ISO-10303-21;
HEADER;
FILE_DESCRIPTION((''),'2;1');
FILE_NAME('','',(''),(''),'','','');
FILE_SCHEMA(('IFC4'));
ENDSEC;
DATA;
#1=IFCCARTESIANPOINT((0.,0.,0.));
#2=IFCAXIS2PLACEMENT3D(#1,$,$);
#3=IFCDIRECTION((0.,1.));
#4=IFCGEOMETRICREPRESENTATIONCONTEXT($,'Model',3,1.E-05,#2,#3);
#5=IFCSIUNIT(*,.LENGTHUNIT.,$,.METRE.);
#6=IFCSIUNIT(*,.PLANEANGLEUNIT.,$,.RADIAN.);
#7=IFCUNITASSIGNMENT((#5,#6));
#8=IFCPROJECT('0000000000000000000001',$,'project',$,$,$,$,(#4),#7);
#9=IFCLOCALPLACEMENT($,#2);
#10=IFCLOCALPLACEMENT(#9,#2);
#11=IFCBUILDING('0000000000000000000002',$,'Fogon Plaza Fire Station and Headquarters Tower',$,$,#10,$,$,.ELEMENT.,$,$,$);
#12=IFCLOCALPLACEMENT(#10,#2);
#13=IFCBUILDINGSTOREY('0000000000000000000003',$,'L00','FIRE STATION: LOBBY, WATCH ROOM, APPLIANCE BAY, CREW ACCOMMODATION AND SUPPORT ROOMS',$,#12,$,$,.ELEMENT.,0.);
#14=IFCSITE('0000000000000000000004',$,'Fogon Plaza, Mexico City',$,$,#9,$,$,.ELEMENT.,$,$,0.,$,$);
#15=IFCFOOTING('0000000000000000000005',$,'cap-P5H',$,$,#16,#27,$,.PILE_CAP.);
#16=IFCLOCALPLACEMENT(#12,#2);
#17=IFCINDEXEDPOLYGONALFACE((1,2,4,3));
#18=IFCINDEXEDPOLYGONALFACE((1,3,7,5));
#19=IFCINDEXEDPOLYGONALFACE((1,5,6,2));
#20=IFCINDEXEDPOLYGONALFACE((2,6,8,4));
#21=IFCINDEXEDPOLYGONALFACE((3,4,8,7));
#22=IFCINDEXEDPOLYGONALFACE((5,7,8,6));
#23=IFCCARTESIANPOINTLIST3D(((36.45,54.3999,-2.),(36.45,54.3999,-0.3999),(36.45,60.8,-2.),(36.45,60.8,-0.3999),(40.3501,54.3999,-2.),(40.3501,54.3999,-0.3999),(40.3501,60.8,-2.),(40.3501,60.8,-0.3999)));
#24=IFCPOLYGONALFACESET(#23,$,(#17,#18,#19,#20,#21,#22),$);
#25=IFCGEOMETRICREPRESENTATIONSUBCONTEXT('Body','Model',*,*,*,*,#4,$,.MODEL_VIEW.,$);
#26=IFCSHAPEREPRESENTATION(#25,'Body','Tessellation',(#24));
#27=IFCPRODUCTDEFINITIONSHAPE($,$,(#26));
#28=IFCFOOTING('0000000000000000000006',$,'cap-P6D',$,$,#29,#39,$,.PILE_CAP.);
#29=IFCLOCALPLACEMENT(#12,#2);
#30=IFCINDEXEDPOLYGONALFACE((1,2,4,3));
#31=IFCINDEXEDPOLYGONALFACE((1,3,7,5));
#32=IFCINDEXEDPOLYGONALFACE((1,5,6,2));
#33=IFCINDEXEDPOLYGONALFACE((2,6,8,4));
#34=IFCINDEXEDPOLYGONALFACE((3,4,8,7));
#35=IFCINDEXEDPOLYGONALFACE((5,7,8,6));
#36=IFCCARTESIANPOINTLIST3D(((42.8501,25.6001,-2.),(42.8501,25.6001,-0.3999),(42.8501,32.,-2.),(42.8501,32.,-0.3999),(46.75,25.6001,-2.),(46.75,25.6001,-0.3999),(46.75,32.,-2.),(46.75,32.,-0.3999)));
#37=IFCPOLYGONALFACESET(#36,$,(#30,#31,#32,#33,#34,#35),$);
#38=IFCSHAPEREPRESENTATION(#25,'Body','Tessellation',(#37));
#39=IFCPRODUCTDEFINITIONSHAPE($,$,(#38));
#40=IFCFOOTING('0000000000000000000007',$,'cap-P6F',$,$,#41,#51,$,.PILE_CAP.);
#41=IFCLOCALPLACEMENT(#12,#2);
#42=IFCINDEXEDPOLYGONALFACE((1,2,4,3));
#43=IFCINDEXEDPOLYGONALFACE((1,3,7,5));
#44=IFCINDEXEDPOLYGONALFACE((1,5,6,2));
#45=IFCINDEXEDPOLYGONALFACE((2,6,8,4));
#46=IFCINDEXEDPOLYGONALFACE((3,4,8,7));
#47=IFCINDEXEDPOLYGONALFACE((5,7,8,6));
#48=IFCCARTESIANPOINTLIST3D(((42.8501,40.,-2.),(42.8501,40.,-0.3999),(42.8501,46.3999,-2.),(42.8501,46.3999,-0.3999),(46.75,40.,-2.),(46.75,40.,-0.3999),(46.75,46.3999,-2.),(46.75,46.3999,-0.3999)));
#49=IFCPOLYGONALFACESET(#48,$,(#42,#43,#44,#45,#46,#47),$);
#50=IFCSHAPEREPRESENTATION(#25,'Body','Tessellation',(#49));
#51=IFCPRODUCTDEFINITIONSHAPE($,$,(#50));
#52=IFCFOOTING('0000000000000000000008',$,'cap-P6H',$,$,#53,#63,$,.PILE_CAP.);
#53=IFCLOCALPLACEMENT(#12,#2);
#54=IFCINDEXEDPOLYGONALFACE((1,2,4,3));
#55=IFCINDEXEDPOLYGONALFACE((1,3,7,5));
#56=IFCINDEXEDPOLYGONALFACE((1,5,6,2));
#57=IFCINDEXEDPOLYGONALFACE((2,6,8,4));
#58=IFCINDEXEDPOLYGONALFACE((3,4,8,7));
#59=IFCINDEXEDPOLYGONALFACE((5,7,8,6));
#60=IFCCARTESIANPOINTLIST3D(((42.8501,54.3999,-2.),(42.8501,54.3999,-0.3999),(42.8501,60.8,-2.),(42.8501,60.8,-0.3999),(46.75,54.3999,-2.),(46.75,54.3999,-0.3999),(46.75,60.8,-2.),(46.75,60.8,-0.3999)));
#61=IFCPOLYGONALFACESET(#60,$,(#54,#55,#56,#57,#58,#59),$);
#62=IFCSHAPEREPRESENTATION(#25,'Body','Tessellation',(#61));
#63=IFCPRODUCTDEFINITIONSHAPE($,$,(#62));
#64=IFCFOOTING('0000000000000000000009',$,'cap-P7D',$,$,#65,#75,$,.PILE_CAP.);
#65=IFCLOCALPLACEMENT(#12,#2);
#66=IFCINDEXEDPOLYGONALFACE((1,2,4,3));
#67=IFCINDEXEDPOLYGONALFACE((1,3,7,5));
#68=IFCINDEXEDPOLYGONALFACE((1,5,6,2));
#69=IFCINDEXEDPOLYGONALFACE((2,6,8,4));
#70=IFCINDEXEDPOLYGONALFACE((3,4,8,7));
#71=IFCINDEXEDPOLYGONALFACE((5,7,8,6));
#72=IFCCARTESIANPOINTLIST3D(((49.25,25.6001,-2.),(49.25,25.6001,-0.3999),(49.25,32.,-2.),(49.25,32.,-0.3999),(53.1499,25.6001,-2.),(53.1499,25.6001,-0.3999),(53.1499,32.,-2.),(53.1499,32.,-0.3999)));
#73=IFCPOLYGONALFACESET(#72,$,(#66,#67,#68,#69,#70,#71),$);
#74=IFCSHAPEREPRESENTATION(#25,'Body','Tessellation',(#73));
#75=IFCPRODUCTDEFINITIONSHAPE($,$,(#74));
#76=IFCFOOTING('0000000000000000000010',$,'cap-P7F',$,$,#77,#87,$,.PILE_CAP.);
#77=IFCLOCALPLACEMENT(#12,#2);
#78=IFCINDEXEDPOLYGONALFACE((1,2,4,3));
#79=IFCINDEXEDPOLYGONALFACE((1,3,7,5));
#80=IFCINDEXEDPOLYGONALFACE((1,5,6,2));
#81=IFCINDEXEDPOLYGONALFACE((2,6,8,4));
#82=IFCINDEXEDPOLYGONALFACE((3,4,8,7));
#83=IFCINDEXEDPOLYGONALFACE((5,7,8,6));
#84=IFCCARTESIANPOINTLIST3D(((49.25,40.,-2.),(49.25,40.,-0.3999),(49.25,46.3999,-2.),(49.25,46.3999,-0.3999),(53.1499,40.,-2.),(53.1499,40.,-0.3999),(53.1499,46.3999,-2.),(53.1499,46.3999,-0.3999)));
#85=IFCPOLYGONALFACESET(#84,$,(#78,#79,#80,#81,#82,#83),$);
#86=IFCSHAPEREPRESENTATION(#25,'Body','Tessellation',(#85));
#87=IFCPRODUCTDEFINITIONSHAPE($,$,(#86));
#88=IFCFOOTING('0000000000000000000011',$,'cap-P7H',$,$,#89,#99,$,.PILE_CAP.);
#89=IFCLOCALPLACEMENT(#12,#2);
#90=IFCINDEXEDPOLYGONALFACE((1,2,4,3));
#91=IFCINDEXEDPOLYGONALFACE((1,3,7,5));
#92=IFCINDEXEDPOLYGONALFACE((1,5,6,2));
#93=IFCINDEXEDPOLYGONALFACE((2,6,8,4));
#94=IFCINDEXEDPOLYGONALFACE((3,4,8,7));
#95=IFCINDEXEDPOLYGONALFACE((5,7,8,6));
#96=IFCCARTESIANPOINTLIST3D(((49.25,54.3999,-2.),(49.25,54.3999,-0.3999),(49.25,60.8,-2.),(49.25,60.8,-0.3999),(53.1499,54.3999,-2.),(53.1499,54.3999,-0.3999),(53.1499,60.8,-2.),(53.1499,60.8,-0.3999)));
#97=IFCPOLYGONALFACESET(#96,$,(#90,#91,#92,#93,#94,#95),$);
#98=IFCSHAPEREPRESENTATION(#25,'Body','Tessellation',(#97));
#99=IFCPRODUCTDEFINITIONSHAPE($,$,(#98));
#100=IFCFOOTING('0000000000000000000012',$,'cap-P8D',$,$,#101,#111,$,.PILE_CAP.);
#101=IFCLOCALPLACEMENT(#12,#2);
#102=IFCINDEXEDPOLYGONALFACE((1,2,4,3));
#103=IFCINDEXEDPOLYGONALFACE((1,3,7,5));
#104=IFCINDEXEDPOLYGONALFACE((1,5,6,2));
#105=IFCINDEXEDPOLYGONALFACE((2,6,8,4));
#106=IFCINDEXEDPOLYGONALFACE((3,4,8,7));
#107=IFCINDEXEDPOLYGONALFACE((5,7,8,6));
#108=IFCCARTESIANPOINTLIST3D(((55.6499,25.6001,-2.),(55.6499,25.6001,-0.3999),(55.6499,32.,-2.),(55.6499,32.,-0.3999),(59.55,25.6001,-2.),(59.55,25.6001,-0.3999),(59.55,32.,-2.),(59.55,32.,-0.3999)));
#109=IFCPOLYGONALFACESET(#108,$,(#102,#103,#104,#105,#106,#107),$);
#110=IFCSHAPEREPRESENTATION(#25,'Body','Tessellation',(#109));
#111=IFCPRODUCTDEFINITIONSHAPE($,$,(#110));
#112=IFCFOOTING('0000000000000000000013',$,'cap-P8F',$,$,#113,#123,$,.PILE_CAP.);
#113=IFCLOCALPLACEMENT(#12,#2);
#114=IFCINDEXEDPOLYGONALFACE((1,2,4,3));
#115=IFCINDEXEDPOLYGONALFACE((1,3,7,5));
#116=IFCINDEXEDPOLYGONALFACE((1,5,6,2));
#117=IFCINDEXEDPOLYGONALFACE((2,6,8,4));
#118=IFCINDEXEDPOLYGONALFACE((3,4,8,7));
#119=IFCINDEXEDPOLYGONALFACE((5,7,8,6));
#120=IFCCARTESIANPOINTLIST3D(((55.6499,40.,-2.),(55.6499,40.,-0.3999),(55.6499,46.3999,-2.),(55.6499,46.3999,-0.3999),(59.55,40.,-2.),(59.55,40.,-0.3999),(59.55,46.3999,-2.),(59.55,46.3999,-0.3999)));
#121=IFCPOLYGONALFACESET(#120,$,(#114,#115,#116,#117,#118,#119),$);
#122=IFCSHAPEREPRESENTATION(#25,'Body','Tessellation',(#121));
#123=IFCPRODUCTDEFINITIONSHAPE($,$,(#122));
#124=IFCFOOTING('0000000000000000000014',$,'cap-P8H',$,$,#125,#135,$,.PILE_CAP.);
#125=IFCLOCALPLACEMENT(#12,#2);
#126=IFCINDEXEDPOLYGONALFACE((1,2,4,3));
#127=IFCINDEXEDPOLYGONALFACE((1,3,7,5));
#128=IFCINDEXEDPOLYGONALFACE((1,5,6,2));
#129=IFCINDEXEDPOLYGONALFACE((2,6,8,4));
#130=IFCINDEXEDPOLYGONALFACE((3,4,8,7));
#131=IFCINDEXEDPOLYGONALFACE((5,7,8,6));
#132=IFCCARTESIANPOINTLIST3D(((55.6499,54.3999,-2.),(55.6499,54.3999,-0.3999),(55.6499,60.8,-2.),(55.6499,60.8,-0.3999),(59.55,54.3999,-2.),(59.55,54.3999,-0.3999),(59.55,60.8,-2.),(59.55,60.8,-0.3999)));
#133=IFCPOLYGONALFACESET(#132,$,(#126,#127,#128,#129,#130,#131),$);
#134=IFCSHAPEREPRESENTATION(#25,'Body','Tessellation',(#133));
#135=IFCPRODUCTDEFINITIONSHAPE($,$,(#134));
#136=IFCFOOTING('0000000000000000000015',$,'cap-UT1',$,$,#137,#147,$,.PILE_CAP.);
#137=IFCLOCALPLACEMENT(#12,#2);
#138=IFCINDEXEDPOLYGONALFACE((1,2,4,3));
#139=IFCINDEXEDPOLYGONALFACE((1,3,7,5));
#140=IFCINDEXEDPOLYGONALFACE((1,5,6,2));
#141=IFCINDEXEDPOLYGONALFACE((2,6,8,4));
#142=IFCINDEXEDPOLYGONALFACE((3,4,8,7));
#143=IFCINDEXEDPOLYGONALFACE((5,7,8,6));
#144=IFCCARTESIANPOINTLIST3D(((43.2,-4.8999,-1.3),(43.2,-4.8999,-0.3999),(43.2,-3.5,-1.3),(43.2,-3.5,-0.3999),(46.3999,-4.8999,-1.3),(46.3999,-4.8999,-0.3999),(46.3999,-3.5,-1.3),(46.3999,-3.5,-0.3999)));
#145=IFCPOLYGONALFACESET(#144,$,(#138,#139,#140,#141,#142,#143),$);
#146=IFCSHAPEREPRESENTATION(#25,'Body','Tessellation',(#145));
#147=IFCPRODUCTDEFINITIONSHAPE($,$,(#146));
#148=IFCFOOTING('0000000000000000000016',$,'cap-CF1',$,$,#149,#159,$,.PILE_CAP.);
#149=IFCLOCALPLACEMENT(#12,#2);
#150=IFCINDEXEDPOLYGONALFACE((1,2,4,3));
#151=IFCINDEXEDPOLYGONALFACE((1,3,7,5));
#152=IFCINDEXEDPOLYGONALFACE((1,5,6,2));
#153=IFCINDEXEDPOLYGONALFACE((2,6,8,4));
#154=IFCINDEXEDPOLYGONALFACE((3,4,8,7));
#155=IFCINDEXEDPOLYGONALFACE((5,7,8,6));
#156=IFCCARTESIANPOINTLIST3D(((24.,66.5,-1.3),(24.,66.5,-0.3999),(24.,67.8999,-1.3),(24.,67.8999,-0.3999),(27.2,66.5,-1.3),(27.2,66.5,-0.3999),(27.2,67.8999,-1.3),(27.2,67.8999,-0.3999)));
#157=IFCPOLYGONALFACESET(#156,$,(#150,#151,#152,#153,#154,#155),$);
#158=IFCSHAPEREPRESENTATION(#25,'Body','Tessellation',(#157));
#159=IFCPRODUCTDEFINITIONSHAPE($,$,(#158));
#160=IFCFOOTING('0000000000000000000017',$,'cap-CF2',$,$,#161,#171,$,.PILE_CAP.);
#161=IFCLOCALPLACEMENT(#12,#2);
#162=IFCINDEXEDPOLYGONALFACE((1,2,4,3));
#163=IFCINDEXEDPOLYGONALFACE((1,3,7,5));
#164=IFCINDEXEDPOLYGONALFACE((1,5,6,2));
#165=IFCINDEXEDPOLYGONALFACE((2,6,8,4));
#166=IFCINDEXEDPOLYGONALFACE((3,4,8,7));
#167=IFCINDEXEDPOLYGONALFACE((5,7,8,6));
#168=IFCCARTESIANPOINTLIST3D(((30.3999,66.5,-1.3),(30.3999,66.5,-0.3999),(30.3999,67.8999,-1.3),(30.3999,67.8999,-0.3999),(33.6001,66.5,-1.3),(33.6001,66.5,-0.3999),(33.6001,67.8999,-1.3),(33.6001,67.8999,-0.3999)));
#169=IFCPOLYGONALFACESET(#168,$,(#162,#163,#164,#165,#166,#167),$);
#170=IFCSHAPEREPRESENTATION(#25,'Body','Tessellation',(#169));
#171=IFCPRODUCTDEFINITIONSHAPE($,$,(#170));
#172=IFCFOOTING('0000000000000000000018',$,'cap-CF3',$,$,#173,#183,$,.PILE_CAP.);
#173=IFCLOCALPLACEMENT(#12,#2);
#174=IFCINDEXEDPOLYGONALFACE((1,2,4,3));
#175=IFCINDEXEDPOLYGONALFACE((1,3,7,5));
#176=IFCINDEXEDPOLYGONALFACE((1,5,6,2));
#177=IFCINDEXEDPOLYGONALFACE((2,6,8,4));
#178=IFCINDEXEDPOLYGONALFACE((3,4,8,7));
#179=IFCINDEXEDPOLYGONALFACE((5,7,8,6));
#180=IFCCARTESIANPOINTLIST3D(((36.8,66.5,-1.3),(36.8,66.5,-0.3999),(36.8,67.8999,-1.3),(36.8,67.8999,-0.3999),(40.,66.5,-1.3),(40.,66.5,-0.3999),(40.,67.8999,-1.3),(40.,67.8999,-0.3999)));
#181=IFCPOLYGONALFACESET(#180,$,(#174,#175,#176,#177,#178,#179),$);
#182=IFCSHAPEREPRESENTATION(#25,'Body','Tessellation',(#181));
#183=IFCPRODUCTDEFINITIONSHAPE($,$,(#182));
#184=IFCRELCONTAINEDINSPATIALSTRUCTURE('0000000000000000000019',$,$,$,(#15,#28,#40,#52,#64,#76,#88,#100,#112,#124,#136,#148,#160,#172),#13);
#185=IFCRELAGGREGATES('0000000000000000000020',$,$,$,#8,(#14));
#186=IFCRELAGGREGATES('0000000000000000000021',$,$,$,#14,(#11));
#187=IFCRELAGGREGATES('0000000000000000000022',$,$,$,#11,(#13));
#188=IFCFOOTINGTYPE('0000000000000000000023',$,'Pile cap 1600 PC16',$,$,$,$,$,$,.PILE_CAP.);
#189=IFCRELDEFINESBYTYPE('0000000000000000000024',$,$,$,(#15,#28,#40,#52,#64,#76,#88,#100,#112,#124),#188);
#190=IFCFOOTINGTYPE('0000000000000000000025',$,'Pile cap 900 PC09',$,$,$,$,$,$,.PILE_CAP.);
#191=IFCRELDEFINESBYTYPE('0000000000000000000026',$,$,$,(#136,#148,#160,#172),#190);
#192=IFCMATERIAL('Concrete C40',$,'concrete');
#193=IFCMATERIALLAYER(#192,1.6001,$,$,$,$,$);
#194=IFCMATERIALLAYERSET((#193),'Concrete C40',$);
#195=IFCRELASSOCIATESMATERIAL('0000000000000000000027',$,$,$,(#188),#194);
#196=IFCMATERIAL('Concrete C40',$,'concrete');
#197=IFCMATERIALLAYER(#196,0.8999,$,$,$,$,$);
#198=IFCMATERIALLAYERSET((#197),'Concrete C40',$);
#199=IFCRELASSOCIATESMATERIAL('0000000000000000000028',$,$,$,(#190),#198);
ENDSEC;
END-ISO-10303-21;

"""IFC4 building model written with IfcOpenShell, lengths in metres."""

from ifc_helpers import new_model, si_unit, direction, frame, origin, place, context, subcontext, project, spatial, polyline, outline, extrude, material, layer, layer_set, type_object, element, save


model = new_model("IFC4")

# Units and contexts
model_context = context("Model", 3, precision=1e-05, world=origin(), true_north=direction((0.0, 1.0)))
body_context = subcontext(model_context, "Body", "Model", "MODEL_VIEW")
ifc_project = project(units=[si_unit("LENGTHUNIT", "METRE"), si_unit("PLANEANGLEUNIT", "RADIAN")], contexts=[model_context])

# Site, building, storey
site_placement = place(None, origin())
site = spatial("IfcSite", under=ifc_project, at=site_placement, Name="Fogon Plaza, Mexico City", CompositionType="ELEMENT", RefElevation=0.0)
building_placement = place(site_placement, origin())
building = spatial("IfcBuilding", under=site, at=building_placement, Name="Fogon Plaza Fire Station and Headquarters Tower", CompositionType="ELEMENT")
storey_placement = place(building_placement, origin())
storey = spatial("IfcBuildingStorey", under=building, at=storey_placement, Name="L00", Description="FIRE STATION: LOBBY, WATCH ROOM, APPLIANCE BAY, CREW ACCOMMODATION AND SUPPORT ROOMS", CompositionType="ELEMENT", Elevation=0.0)

# Footings
ifc_material_1 = material(Name="Concrete C40", Category="concrete")
ifc_layer_1 = layer(ifc_material_1, 1.6001)
ifc_layer_set_1 = layer_set([ifc_layer_1], Name="Concrete C40")
footing_type_1 = type_object("IfcFootingType", Name="Pile cap 1600 PC16", PredefinedType="PILE_CAP", material=ifc_layer_set_1)
footing_1_placement = place(storey_placement, frame((0.0, 0.0, -2.0)))
element("IfcFooting", 1, at=footing_1_placement, inside=storey, type_object=footing_type_1, Name="cap-P5H", PredefinedType="PILE_CAP", context=body_context, shape_type="SweptSolid", body=[
    extrude(outline(polyline([(40.3501, 54.3999), (40.3501, 60.8), (36.45, 60.8), (36.45, 54.3999), (40.3501, 54.3999)])), origin(), (0.0, 0.0, 1.0), 1.6001),
])
footing_2_placement = place(storey_placement, frame((0.0, 0.0, -2.0)))
element("IfcFooting", 2, at=footing_2_placement, inside=storey, type_object=footing_type_1, Name="cap-P6D", PredefinedType="PILE_CAP", context=body_context, shape_type="SweptSolid", body=[
    extrude(outline(polyline([(46.75, 25.6001), (46.75, 32.0), (42.8501, 32.0), (42.8501, 25.6001), (46.75, 25.6001)])), origin(), (0.0, 0.0, 1.0), 1.6001),
])
footing_3_placement = place(storey_placement, frame((0.0, 0.0, -2.0)))
element("IfcFooting", 3, at=footing_3_placement, inside=storey, type_object=footing_type_1, Name="cap-P6F", PredefinedType="PILE_CAP", context=body_context, shape_type="SweptSolid", body=[
    extrude(outline(polyline([(46.75, 40.0), (46.75, 46.3999), (42.8501, 46.3999), (42.8501, 40.0), (46.75, 40.0)])), origin(), (0.0, 0.0, 1.0), 1.6001),
])
footing_4_placement = place(storey_placement, frame((0.0, 0.0, -2.0)))
element("IfcFooting", 4, at=footing_4_placement, inside=storey, type_object=footing_type_1, Name="cap-P6H", PredefinedType="PILE_CAP", context=body_context, shape_type="SweptSolid", body=[
    extrude(outline(polyline([(46.75, 54.3999), (46.75, 60.8), (42.8501, 60.8), (42.8501, 54.3999), (46.75, 54.3999)])), origin(), (0.0, 0.0, 1.0), 1.6001),
])
footing_5_placement = place(storey_placement, frame((0.0, 0.0, -2.0)))
element("IfcFooting", 5, at=footing_5_placement, inside=storey, type_object=footing_type_1, Name="cap-P7D", PredefinedType="PILE_CAP", context=body_context, shape_type="SweptSolid", body=[
    extrude(outline(polyline([(53.1499, 25.6001), (53.1499, 32.0), (49.25, 32.0), (49.25, 25.6001), (53.1499, 25.6001)])), origin(), (0.0, 0.0, 1.0), 1.6001),
])
footing_6_placement = place(storey_placement, frame((0.0, 0.0, -2.0)))
element("IfcFooting", 6, at=footing_6_placement, inside=storey, type_object=footing_type_1, Name="cap-P7F", PredefinedType="PILE_CAP", context=body_context, shape_type="SweptSolid", body=[
    extrude(outline(polyline([(53.1499, 40.0), (53.1499, 46.3999), (49.25, 46.3999), (49.25, 40.0), (53.1499, 40.0)])), origin(), (0.0, 0.0, 1.0), 1.6001),
])
footing_7_placement = place(storey_placement, frame((0.0, 0.0, -2.0)))
element("IfcFooting", 7, at=footing_7_placement, inside=storey, type_object=footing_type_1, Name="cap-P7H", PredefinedType="PILE_CAP", context=body_context, shape_type="SweptSolid", body=[
    extrude(outline(polyline([(53.1499, 54.3999), (53.1499, 60.8), (49.25, 60.8), (49.25, 54.3999), (53.1499, 54.3999)])), origin(), (0.0, 0.0, 1.0), 1.6001),
])
footing_8_placement = place(storey_placement, frame((0.0, 0.0, -2.0)))
element("IfcFooting", 8, at=footing_8_placement, inside=storey, type_object=footing_type_1, Name="cap-P8D", PredefinedType="PILE_CAP", context=body_context, shape_type="SweptSolid", body=[
    extrude(outline(polyline([(59.55, 25.6001), (59.55, 32.0), (55.6499, 32.0), (55.6499, 25.6001), (59.55, 25.6001)])), origin(), (0.0, 0.0, 1.0), 1.6001),
])
footing_9_placement = place(storey_placement, frame((0.0, 0.0, -2.0)))
element("IfcFooting", 9, at=footing_9_placement, inside=storey, type_object=footing_type_1, Name="cap-P8F", PredefinedType="PILE_CAP", context=body_context, shape_type="SweptSolid", body=[
    extrude(outline(polyline([(59.55, 40.0), (59.55, 46.3999), (55.6499, 46.3999), (55.6499, 40.0), (59.55, 40.0)])), origin(), (0.0, 0.0, 1.0), 1.6001),
])
footing_10_placement = place(storey_placement, frame((0.0, 0.0, -2.0)))
element("IfcFooting", 10, at=footing_10_placement, inside=storey, type_object=footing_type_1, Name="cap-P8H", PredefinedType="PILE_CAP", context=body_context, shape_type="SweptSolid", body=[
    extrude(outline(polyline([(59.55, 54.3999), (59.55, 60.8), (55.6499, 60.8), (55.6499, 54.3999), (59.55, 54.3999)])), origin(), (0.0, 0.0, 1.0), 1.6001),
])
ifc_material_2 = material(Name="Concrete C40", Category="concrete")
ifc_layer_2 = layer(ifc_material_2, 0.8999)
ifc_layer_set_2 = layer_set([ifc_layer_2], Name="Concrete C40")
footing_type_2 = type_object("IfcFootingType", Name="Pile cap 900 PC09", PredefinedType="PILE_CAP", material=ifc_layer_set_2)
footing_11_placement = place(storey_placement, frame((0.0, 0.0, -1.3)))
element("IfcFooting", 11, at=footing_11_placement, inside=storey, type_object=footing_type_2, Name="cap-UT1", PredefinedType="PILE_CAP", context=body_context, shape_type="SweptSolid", body=[
    extrude(outline(polyline([(46.3999, -4.8999), (46.3999, -3.5), (43.2, -3.5), (43.2, -4.8999), (46.3999, -4.8999)])), origin(), (0.0, 0.0, 1.0), 0.9001),
])
footing_12_placement = place(storey_placement, frame((0.0, 0.0, -1.3)))
element("IfcFooting", 12, at=footing_12_placement, inside=storey, type_object=footing_type_2, Name="cap-CF1", PredefinedType="PILE_CAP", context=body_context, shape_type="SweptSolid", body=[
    extrude(outline(polyline([(27.2, 66.5), (27.2, 67.8999), (24.0, 67.8999), (24.0, 66.5), (27.2, 66.5)])), origin(), (0.0, 0.0, 1.0), 0.9001),
])
footing_13_placement = place(storey_placement, frame((0.0, 0.0, -1.3)))
element("IfcFooting", 13, at=footing_13_placement, inside=storey, type_object=footing_type_2, Name="cap-CF2", PredefinedType="PILE_CAP", context=body_context, shape_type="SweptSolid", body=[
    extrude(outline(polyline([(33.6001, 66.5), (33.6001, 67.8999), (30.3999, 67.8999), (30.3999, 66.5), (33.6001, 66.5)])), origin(), (0.0, 0.0, 1.0), 0.9001),
])
footing_14_placement = place(storey_placement, frame((0.0, 0.0, -1.3)))
element("IfcFooting", 14, at=footing_14_placement, inside=storey, type_object=footing_type_2, Name="cap-CF3", PredefinedType="PILE_CAP", context=body_context, shape_type="SweptSolid", body=[
    extrude(outline(polyline([(40.0, 66.5), (40.0, 67.8999), (36.8, 67.8999), (36.8, 66.5), (40.0, 66.5)])), origin(), (0.0, 0.0, 1.0), 0.9001),
])

save(model, "model.ifc")
